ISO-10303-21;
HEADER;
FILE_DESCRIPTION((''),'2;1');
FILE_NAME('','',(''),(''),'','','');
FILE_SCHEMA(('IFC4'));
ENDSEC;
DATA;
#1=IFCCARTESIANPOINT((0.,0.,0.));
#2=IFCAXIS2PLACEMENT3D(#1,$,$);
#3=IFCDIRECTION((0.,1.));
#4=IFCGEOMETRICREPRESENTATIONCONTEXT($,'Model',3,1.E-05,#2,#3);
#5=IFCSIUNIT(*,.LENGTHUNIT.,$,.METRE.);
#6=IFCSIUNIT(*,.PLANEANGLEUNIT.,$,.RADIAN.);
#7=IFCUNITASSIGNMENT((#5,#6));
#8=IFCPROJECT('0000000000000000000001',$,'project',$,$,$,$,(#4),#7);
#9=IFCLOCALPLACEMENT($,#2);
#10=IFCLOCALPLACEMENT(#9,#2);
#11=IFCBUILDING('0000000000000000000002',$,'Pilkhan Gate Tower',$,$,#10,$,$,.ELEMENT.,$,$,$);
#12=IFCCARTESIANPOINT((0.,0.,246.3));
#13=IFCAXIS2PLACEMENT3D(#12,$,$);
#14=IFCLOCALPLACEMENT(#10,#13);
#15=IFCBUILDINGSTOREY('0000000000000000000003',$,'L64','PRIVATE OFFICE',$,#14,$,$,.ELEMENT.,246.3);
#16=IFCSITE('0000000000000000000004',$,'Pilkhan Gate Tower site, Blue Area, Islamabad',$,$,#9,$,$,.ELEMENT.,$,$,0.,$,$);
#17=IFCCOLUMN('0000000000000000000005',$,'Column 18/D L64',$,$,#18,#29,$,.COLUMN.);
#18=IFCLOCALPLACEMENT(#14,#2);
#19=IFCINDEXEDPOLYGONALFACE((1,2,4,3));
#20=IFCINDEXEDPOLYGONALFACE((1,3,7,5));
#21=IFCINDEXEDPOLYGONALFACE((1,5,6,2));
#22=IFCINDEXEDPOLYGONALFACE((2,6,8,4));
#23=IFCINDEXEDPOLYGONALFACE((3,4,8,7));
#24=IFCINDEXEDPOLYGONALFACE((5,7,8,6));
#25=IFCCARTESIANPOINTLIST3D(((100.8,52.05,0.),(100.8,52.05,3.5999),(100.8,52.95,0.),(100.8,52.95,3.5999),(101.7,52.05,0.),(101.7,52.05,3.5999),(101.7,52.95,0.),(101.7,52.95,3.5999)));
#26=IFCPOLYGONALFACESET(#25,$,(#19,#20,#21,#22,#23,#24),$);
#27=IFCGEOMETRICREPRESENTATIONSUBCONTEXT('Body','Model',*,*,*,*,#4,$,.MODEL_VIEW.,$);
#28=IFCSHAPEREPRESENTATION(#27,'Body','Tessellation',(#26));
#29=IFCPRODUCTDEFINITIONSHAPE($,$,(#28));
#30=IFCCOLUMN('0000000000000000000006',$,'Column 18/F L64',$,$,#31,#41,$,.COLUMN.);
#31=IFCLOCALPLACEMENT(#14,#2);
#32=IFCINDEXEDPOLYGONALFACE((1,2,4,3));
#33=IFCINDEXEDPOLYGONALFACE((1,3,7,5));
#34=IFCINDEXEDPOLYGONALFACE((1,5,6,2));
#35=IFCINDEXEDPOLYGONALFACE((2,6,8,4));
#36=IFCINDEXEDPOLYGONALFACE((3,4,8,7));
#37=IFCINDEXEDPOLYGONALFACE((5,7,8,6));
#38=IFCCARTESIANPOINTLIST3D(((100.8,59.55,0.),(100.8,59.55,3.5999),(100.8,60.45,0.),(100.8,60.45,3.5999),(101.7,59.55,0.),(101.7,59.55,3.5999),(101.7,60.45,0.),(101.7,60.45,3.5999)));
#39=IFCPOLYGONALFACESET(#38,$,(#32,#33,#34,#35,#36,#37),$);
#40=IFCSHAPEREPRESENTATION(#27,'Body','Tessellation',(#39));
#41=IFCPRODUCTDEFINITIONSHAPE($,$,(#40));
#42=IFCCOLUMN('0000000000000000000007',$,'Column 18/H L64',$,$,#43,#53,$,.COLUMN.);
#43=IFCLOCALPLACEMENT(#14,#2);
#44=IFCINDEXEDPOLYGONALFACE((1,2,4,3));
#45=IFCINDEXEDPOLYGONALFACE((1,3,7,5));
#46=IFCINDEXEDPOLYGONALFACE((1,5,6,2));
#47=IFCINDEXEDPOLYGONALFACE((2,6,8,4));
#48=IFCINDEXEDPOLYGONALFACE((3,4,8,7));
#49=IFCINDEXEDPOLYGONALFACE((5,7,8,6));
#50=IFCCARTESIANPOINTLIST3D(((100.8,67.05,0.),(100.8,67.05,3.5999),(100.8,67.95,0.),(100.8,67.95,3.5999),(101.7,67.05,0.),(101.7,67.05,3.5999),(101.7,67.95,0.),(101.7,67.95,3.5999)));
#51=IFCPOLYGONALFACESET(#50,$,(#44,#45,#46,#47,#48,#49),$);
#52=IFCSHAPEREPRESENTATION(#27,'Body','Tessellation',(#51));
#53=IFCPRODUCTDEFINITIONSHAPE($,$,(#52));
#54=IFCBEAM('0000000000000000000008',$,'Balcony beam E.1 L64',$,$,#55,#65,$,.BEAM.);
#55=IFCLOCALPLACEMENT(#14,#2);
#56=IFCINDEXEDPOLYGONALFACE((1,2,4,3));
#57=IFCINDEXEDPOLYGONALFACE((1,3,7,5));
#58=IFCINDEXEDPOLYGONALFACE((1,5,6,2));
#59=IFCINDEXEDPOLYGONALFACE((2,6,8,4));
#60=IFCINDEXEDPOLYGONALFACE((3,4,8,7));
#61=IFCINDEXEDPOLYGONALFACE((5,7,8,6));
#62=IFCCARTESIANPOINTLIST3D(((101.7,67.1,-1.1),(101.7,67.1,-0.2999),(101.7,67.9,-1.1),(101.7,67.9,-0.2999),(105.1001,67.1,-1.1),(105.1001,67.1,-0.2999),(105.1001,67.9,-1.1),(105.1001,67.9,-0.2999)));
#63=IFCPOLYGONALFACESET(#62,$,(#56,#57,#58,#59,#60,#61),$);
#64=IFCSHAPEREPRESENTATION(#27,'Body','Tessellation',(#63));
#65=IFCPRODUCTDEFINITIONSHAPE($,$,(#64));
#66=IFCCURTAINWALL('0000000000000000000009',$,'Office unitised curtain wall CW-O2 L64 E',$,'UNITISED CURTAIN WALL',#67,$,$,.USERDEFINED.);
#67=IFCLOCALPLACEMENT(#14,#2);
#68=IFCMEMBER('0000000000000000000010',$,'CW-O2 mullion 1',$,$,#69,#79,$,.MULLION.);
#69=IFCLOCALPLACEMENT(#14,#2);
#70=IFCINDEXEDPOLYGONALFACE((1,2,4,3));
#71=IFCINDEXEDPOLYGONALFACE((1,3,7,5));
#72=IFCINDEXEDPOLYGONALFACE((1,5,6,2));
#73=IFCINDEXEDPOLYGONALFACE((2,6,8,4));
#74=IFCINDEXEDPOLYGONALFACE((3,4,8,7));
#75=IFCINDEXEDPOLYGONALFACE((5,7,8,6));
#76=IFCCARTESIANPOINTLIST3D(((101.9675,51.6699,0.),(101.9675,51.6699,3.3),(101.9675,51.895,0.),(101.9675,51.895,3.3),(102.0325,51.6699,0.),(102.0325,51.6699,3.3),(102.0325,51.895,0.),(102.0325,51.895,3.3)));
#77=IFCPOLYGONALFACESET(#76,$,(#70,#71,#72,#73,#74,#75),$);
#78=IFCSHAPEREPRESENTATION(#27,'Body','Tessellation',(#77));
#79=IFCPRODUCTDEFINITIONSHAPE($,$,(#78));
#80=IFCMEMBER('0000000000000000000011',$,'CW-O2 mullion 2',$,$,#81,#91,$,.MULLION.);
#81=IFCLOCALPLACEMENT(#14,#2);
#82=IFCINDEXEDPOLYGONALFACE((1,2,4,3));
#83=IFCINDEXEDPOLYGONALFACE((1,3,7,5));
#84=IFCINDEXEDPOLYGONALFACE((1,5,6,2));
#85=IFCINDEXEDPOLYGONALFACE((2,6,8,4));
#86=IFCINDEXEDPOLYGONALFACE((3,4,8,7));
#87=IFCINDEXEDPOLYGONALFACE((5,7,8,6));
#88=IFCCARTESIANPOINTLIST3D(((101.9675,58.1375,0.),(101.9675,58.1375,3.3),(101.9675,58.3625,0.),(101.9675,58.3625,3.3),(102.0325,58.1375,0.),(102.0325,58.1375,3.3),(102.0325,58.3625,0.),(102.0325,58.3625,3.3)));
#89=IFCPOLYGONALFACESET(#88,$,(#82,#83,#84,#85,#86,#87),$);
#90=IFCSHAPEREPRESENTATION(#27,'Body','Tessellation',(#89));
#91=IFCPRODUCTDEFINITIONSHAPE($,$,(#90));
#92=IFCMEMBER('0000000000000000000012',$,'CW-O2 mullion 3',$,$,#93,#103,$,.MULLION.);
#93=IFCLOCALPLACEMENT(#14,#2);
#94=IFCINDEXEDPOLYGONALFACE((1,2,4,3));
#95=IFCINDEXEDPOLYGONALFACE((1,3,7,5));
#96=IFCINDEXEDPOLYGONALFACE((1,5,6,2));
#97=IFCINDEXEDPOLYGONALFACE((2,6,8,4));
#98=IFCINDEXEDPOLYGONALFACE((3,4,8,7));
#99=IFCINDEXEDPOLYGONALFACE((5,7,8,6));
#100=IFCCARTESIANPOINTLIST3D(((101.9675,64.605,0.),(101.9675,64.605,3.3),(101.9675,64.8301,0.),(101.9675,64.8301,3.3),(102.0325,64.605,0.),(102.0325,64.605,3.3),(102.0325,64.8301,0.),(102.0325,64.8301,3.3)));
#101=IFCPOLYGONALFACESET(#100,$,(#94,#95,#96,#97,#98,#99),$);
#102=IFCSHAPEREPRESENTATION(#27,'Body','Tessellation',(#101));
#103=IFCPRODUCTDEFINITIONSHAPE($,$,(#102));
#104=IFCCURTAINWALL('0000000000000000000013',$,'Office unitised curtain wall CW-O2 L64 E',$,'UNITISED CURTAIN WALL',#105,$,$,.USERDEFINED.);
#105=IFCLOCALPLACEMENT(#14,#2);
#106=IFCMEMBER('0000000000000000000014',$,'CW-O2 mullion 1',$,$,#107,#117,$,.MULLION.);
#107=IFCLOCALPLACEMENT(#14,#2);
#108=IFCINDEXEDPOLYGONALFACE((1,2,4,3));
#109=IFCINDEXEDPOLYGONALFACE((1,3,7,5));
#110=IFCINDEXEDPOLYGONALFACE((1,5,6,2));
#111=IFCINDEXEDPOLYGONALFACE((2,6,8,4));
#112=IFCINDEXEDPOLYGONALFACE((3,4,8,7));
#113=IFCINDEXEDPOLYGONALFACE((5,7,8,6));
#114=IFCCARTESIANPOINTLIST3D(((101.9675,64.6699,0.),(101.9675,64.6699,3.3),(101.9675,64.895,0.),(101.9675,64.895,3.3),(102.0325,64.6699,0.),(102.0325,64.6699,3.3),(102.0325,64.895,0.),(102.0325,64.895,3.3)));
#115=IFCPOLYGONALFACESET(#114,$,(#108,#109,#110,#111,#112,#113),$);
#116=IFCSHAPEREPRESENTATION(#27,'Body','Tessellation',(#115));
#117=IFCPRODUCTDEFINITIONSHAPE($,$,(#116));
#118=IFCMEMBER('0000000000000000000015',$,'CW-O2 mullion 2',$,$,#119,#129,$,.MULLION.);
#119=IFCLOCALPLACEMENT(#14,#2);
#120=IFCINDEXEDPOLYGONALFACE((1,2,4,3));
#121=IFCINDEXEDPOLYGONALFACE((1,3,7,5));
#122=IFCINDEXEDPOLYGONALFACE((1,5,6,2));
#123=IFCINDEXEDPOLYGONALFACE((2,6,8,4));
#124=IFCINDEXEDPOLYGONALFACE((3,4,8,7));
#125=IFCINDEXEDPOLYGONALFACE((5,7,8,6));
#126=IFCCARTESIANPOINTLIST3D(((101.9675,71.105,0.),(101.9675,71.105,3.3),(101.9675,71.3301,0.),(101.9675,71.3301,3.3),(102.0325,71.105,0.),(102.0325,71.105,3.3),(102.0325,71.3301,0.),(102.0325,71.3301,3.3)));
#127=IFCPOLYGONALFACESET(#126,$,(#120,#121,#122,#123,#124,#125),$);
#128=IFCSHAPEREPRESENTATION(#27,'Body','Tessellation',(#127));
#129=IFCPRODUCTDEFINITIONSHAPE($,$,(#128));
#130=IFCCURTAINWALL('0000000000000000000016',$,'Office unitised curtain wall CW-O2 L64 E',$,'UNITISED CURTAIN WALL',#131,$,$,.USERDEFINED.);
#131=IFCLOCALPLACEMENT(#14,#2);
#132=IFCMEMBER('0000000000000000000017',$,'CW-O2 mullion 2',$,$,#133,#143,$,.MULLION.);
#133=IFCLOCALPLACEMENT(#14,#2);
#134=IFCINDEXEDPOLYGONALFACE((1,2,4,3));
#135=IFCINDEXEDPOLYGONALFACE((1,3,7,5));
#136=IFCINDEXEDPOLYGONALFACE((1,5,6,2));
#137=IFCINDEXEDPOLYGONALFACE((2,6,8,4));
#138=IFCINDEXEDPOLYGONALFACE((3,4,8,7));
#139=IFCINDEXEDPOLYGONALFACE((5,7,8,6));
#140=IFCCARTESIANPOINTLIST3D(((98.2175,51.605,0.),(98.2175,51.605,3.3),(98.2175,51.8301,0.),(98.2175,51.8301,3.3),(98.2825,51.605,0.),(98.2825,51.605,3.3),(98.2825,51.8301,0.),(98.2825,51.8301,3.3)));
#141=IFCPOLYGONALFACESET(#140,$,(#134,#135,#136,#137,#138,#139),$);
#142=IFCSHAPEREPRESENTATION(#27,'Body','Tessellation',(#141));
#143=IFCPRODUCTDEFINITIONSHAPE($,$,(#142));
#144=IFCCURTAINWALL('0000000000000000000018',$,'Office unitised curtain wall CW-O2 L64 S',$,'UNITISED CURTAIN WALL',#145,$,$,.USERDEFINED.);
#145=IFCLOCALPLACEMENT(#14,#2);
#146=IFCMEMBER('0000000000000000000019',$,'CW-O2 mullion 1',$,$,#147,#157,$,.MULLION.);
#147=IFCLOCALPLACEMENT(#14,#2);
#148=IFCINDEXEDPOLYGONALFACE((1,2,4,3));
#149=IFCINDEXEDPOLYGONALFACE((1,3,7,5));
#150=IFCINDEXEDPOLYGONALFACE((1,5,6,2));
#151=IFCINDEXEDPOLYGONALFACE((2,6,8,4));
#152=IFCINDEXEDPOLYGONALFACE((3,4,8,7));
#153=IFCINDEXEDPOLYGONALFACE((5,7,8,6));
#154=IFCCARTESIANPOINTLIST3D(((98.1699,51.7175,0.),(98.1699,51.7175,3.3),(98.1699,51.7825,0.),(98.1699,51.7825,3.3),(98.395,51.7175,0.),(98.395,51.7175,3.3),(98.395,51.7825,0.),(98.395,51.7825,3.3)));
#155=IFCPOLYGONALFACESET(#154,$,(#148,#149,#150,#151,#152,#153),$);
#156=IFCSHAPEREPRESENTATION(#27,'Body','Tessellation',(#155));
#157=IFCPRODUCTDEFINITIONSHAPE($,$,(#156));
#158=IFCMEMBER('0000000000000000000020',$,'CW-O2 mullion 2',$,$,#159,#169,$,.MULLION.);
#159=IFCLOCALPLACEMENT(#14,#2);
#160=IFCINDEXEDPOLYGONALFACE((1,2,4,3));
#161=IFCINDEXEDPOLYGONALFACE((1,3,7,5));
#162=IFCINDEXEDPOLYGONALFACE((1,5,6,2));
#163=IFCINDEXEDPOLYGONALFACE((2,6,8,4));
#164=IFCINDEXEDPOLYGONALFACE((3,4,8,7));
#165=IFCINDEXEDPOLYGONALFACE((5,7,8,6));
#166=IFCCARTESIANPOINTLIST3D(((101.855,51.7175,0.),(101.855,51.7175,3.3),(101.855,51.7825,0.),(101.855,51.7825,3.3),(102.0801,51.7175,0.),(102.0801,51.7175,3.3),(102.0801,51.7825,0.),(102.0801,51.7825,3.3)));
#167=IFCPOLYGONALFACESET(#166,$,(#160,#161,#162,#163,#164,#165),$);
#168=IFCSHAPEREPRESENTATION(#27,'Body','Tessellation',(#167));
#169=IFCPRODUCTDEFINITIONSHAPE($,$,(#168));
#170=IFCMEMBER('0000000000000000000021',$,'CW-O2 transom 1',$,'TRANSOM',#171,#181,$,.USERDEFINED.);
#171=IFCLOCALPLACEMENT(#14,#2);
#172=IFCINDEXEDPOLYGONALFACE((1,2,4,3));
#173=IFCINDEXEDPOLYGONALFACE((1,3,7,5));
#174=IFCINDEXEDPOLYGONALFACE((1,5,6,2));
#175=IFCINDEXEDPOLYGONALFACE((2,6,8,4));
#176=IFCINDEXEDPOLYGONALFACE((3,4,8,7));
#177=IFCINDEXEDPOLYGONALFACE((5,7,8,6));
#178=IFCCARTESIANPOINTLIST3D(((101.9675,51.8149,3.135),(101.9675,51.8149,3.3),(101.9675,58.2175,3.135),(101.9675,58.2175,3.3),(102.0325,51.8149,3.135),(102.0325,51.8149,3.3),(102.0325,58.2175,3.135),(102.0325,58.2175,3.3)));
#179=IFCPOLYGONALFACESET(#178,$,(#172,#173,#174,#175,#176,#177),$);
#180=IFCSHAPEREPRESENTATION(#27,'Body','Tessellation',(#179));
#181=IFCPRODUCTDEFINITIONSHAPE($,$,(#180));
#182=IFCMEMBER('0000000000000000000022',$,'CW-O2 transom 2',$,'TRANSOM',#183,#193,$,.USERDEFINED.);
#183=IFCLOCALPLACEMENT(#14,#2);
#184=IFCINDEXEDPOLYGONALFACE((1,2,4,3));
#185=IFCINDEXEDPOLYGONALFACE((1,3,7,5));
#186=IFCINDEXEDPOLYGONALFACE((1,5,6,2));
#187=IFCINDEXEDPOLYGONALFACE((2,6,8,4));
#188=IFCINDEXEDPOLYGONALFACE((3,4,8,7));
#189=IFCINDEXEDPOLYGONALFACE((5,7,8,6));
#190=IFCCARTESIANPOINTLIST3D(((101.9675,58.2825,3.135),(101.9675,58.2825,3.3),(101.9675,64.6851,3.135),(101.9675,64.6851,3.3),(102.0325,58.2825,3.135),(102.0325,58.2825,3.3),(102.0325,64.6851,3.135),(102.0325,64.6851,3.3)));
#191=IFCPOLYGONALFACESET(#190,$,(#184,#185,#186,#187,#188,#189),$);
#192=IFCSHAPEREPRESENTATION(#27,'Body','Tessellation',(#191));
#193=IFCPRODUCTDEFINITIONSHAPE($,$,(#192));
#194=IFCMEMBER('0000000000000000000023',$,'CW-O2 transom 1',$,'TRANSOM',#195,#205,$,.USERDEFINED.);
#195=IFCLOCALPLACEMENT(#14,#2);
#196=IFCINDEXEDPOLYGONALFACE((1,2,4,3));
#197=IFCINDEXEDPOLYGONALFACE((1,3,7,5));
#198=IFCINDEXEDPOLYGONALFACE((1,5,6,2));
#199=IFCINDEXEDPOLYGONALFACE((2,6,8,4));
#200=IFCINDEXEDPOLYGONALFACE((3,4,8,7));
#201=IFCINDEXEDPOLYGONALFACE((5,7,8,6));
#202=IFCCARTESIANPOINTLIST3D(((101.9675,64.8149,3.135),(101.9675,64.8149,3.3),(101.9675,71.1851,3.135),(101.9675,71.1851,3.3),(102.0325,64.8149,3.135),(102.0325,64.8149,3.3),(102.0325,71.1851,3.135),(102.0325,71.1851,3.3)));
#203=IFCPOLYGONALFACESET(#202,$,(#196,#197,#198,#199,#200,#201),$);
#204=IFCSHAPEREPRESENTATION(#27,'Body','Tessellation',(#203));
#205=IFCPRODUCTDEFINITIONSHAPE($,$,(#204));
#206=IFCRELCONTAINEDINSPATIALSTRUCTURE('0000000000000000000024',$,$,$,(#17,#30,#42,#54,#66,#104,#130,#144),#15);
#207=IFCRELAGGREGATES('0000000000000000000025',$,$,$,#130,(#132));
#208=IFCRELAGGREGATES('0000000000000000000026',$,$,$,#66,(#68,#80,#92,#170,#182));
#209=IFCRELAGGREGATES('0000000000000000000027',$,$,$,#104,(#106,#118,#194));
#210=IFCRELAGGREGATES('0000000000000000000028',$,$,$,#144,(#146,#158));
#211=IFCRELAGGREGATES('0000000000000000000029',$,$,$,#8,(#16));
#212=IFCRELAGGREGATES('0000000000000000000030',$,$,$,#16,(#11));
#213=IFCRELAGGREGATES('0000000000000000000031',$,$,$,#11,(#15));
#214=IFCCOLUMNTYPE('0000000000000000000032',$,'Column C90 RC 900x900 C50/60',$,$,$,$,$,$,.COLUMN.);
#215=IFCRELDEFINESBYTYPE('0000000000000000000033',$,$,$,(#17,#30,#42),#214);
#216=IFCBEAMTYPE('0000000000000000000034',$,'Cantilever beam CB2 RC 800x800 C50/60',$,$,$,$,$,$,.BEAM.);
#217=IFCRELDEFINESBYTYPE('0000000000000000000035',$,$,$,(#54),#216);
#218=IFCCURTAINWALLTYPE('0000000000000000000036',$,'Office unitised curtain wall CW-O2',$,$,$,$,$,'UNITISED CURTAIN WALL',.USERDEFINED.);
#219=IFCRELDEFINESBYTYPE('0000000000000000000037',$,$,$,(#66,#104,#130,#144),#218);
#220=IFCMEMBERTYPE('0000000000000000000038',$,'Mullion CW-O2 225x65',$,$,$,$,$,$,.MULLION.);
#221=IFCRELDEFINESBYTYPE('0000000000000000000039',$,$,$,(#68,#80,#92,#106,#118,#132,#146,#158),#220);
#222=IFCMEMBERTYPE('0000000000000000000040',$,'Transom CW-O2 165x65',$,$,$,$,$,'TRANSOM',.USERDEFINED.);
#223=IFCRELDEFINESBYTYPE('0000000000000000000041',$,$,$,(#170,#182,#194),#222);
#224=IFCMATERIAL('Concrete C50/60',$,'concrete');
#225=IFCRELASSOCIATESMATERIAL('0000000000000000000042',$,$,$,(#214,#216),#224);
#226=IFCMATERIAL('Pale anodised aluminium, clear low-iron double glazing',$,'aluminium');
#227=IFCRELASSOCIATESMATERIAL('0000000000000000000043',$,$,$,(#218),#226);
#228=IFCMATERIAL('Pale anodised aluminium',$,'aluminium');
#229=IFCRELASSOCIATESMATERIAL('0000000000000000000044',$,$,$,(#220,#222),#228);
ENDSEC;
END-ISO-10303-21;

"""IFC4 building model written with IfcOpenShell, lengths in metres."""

from ifc_helpers import new_model, si_unit, direction, frame, origin, origin_2d, place, context, subcontext, project, spatial, rectangle, extrude, material, material_profile, profile_set, type_object, element, aggregate, save


model = new_model("IFC4")

# Units and contexts
model_context = context("Model", 3, precision=1e-05, world=origin(), true_north=direction((0.0, 1.0)))
body_context = subcontext(model_context, "Body", "Model", "MODEL_VIEW")
ifc_project = project(units=[si_unit("LENGTHUNIT", "METRE"), si_unit("PLANEANGLEUNIT", "RADIAN")], contexts=[model_context])

# Site, building, storey
site_placement = place(None, origin())
site = spatial("IfcSite", under=ifc_project, at=site_placement, Name="Pilkhan Gate Tower site, Blue Area, Islamabad", CompositionType="ELEMENT", RefElevation=0.0)
building_placement = place(site_placement, origin())
building = spatial("IfcBuilding", under=site, at=building_placement, Name="Pilkhan Gate Tower", CompositionType="ELEMENT")
storey_placement = place(building_placement, frame((0.0, 0.0, 246.3)))
storey = spatial("IfcBuildingStorey", under=building, at=storey_placement, Name="L64", Description="PRIVATE OFFICE", CompositionType="ELEMENT", Elevation=246.3)

# Columns
ifc_material_1 = material(Name="Concrete C50/60", Category="concrete")
ifc_material_profile_1 = material_profile(ifc_material_1, rectangle(XDim=0.8999, YDim=0.8999, at=origin_2d()), Name="RC 900x900")
ifc_profile_set_1 = profile_set([ifc_material_profile_1], Name="Concrete C50/60")
column_type = type_object("IfcColumnType", Name="Column C90 RC 900x900 C50/60", PredefinedType="COLUMN", material=ifc_profile_set_1)
for number, where, z_axis, x_axis, name in (
    (1, (101.25, 52.5, 0.0), (0.0, 0.0, 1.0), (1.0, 0.0, 0.0), "Column 18/D L64"),
    (2, (101.25, 60.0, 0.0), (0.0, 0.0, 1.0), (1.0, 0.0, 0.0), "Column 18/F L64"),
    (3, (101.25, 67.5, 0.0), (0.0, 0.0, 1.0), (1.0, 0.0, 0.0), "Column 18/H L64"),
):
    element("IfcColumn", number, at=place(storey_placement, frame(where, z_axis=z_axis, x_axis=x_axis)), inside=storey, type_object=column_type, Name=name, PredefinedType="COLUMN", context=body_context, shape_type="SweptSolid", body=[
        extrude(rectangle(XDim=0.8999, YDim=0.8999, at=origin_2d()), origin(), (0.0, 0.0, 1.0), 3.5999),
    ])

# Beam
ifc_material_profile_2 = material_profile(ifc_material_1, rectangle(XDim=0.8, YDim=0.8, at=origin_2d()), Name="RC 800x800")
ifc_profile_set_2 = profile_set([ifc_material_profile_2], Name="Concrete C50/60")
beam_type = type_object("IfcBeamType", Name="Cantilever beam CB2 RC 800x800 C50/60", PredefinedType="BEAM", material=ifc_profile_set_2)
beam_placement = place(storey_placement, frame((101.7, 67.5, -0.7), z_axis=(1.0, 0.0, 0.0), x_axis=(0.0, 1.0, 0.0)))
element("IfcBeam", 4, at=beam_placement, inside=storey, type_object=beam_type, Name="Balcony beam E.1 L64", PredefinedType="BEAM", context=body_context, shape_type="SweptSolid", body=[
    extrude(rectangle(XDim=0.8, YDim=0.8, at=origin_2d()), origin(), (0.0, 0.0, 1.0), 3.4001),
])

# Curtain walls, members
ifc_material_2 = material(Name="Pale anodised aluminium, clear low-iron double glazing", Category="aluminium")
curtain_wall_type = type_object("IfcCurtainWallType", Name="Office unitised curtain wall CW-O2", ElementType="UNITISED CURTAIN WALL", PredefinedType="USERDEFINED", material=ifc_material_2)
curtain_wall_1_placement = place(storey_placement, origin())
curtain_wall_1 = element("IfcCurtainWall", 5, at=curtain_wall_1_placement, inside=storey, type_object=curtain_wall_type, Name="Office unitised curtain wall CW-O2 L64 E", ObjectType="UNITISED CURTAIN WALL", PredefinedType="USERDEFINED")
ifc_material_3 = material(Name="Pale anodised aluminium", Category="aluminium")
ifc_material_profile_3 = material_profile(ifc_material_3, rectangle(XDim=0.0649, YDim=0.2251, at=origin_2d()), Name="Mullion 225x65")
ifc_profile_set_3 = profile_set([ifc_material_profile_3], Name="Pale anodised aluminium")
member_type_1 = type_object("IfcMemberType", Name="Mullion CW-O2 225x65", PredefinedType="MULLION", material=ifc_profile_set_3)
member_1_placement = place(storey_placement, frame((102.0, 51.7825, 0.0), z_axis=(0.0, 0.0, 1.0), x_axis=(-1.0, 0.0, 0.0)))
member_1 = element("IfcMember", 6, at=member_1_placement, type_object=member_type_1, Name="CW-O2 mullion 1", PredefinedType="MULLION", context=body_context, shape_type="SweptSolid", body=[
    extrude(rectangle(XDim=0.0649, YDim=0.2251, at=origin_2d()), origin(), (0.0, 0.0, 1.0), 3.3),
])
member_2_placement = place(storey_placement, frame((102.0, 58.25, 0.0), z_axis=(0.0, 0.0, 1.0), x_axis=(-1.0, 0.0, 0.0)))
member_2 = element("IfcMember", 7, at=member_2_placement, type_object=member_type_1, Name="CW-O2 mullion 2", PredefinedType="MULLION", context=body_context, shape_type="SweptSolid", body=[
    extrude(rectangle(XDim=0.0649, YDim=0.2251, at=origin_2d()), origin(), (0.0, 0.0, 1.0), 3.3),
])
member_3_placement = place(storey_placement, frame((102.0, 64.7175, 0.0), z_axis=(0.0, 0.0, 1.0), x_axis=(-1.0, 0.0, 0.0)))
member_3 = element("IfcMember", 8, at=member_3_placement, type_object=member_type_1, Name="CW-O2 mullion 3", PredefinedType="MULLION", context=body_context, shape_type="SweptSolid", body=[
    extrude(rectangle(XDim=0.0649, YDim=0.2251, at=origin_2d()), origin(), (0.0, 0.0, 1.0), 3.3),
])
curtain_wall_2_placement = place(storey_placement, origin())
curtain_wall_2 = element("IfcCurtainWall", 9, at=curtain_wall_2_placement, inside=storey, type_object=curtain_wall_type, Name="Office unitised curtain wall CW-O2 L64 E", ObjectType="UNITISED CURTAIN WALL", PredefinedType="USERDEFINED")
member_4_placement = place(storey_placement, frame((102.0, 64.7825, 0.0), z_axis=(0.0, 0.0, 1.0), x_axis=(-1.0, 0.0, 0.0)))
member_4 = element("IfcMember", 10, at=member_4_placement, type_object=member_type_1, Name="CW-O2 mullion 1", PredefinedType="MULLION", context=body_context, shape_type="SweptSolid", body=[
    extrude(rectangle(XDim=0.0649, YDim=0.2251, at=origin_2d()), origin(), (0.0, 0.0, 1.0), 3.3),
])
member_5_placement = place(storey_placement, frame((102.0, 71.2175, 0.0), z_axis=(0.0, 0.0, 1.0), x_axis=(-1.0, 0.0, 0.0)))
member_5 = element("IfcMember", 11, at=member_5_placement, type_object=member_type_1, Name="CW-O2 mullion 2", PredefinedType="MULLION", context=body_context, shape_type="SweptSolid", body=[
    extrude(rectangle(XDim=0.0649, YDim=0.2251, at=origin_2d()), origin(), (0.0, 0.0, 1.0), 3.3),
])

# Curtain wall, member
curtain_wall_3_placement = place(storey_placement, origin())
curtain_wall_3 = element("IfcCurtainWall", 12, at=curtain_wall_3_placement, inside=storey, type_object=curtain_wall_type, Name="Office unitised curtain wall CW-O2 L64 E", ObjectType="UNITISED CURTAIN WALL", PredefinedType="USERDEFINED")
member_6_placement = place(storey_placement, frame((98.25, 51.7175, 0.0), z_axis=(0.0, 0.0, 1.0), x_axis=(-1.0, 0.0, 0.0)))
member_6 = element("IfcMember", 13, at=member_6_placement, type_object=member_type_1, Name="CW-O2 mullion 2", PredefinedType="MULLION", context=body_context, shape_type="SweptSolid", body=[
    extrude(rectangle(XDim=0.0649, YDim=0.2251, at=origin_2d()), origin(), (0.0, 0.0, 1.0), 3.3),
])
aggregate(curtain_wall_3, [member_6])

# Curtain wall, members
curtain_wall_4_placement = place(storey_placement, origin())
curtain_wall_4 = element("IfcCurtainWall", 14, at=curtain_wall_4_placement, inside=storey, type_object=curtain_wall_type, Name="Office unitised curtain wall CW-O2 L64 S", ObjectType="UNITISED CURTAIN WALL", PredefinedType="USERDEFINED")
member_7_placement = place(storey_placement, frame((98.2825, 51.75, 0.0), z_axis=(0.0, 0.0, 1.0), x_axis=(0.0, 1.0, 0.0)))
member_7 = element("IfcMember", 15, at=member_7_placement, type_object=member_type_1, Name="CW-O2 mullion 1", PredefinedType="MULLION", context=body_context, shape_type="SweptSolid", body=[
    extrude(rectangle(XDim=0.0649, YDim=0.2251, at=origin_2d()), origin(), (0.0, 0.0, 1.0), 3.3),
])
member_8_placement = place(storey_placement, frame((101.9675, 51.75, 0.0), z_axis=(0.0, 0.0, 1.0), x_axis=(0.0, 1.0, 0.0)))
member_8 = element("IfcMember", 16, at=member_8_placement, type_object=member_type_1, Name="CW-O2 mullion 2", PredefinedType="MULLION", context=body_context, shape_type="SweptSolid", body=[
    extrude(rectangle(XDim=0.0649, YDim=0.2251, at=origin_2d()), origin(), (0.0, 0.0, 1.0), 3.3),
])

# Members
ifc_material_profile_4 = material_profile(ifc_material_3, rectangle(XDim=0.0649, YDim=0.165, at=origin_2d()), Name="Transom 165x65")
ifc_profile_set_4 = profile_set([ifc_material_profile_4], Name="Pale anodised aluminium")
member_type_2 = type_object("IfcMemberType", Name="Transom CW-O2 165x65", ElementType="TRANSOM", PredefinedType="USERDEFINED", material=ifc_profile_set_4)
member_9_placement = place(storey_placement, frame((102.0, 51.8149, 3.2175), z_axis=(0.0, 1.0, 0.0), x_axis=(-1.0, 0.0, 0.0)))
member_9 = element("IfcMember", 17, at=member_9_placement, type_object=member_type_2, Name="CW-O2 transom 1", ObjectType="TRANSOM", PredefinedType="USERDEFINED", context=body_context, shape_type="SweptSolid", body=[
    extrude(rectangle(XDim=0.0649, YDim=0.165, at=origin_2d()), origin(), (0.0, 0.0, 1.0), 6.4026),
])
member_10_placement = place(storey_placement, frame((102.0, 58.2825, 3.2175), z_axis=(0.0, 1.0, 0.0), x_axis=(-1.0, 0.0, 0.0)))
member_10 = element("IfcMember", 18, at=member_10_placement, type_object=member_type_2, Name="CW-O2 transom 2", ObjectType="TRANSOM", PredefinedType="USERDEFINED", context=body_context, shape_type="SweptSolid", body=[
    extrude(rectangle(XDim=0.0649, YDim=0.165, at=origin_2d()), origin(), (0.0, 0.0, 1.0), 6.4026),
])
member_11_placement = place(storey_placement, frame((102.0, 64.8149, 3.2175), z_axis=(0.0, 1.0, 0.0), x_axis=(-1.0, 0.0, 0.0)))
member_11 = element("IfcMember", 19, at=member_11_placement, type_object=member_type_2, Name="CW-O2 transom 1", ObjectType="TRANSOM", PredefinedType="USERDEFINED", context=body_context, shape_type="SweptSolid", body=[
    extrude(rectangle(XDim=0.0649, YDim=0.165, at=origin_2d()), origin(), (0.0, 0.0, 1.0), 6.3701),
])

aggregate(curtain_wall_1, [member_1, member_2, member_3, member_9, member_10])
aggregate(curtain_wall_2, [member_4, member_5, member_11])
aggregate(curtain_wall_4, [member_7, member_8])

save(model, "model.ifc")
